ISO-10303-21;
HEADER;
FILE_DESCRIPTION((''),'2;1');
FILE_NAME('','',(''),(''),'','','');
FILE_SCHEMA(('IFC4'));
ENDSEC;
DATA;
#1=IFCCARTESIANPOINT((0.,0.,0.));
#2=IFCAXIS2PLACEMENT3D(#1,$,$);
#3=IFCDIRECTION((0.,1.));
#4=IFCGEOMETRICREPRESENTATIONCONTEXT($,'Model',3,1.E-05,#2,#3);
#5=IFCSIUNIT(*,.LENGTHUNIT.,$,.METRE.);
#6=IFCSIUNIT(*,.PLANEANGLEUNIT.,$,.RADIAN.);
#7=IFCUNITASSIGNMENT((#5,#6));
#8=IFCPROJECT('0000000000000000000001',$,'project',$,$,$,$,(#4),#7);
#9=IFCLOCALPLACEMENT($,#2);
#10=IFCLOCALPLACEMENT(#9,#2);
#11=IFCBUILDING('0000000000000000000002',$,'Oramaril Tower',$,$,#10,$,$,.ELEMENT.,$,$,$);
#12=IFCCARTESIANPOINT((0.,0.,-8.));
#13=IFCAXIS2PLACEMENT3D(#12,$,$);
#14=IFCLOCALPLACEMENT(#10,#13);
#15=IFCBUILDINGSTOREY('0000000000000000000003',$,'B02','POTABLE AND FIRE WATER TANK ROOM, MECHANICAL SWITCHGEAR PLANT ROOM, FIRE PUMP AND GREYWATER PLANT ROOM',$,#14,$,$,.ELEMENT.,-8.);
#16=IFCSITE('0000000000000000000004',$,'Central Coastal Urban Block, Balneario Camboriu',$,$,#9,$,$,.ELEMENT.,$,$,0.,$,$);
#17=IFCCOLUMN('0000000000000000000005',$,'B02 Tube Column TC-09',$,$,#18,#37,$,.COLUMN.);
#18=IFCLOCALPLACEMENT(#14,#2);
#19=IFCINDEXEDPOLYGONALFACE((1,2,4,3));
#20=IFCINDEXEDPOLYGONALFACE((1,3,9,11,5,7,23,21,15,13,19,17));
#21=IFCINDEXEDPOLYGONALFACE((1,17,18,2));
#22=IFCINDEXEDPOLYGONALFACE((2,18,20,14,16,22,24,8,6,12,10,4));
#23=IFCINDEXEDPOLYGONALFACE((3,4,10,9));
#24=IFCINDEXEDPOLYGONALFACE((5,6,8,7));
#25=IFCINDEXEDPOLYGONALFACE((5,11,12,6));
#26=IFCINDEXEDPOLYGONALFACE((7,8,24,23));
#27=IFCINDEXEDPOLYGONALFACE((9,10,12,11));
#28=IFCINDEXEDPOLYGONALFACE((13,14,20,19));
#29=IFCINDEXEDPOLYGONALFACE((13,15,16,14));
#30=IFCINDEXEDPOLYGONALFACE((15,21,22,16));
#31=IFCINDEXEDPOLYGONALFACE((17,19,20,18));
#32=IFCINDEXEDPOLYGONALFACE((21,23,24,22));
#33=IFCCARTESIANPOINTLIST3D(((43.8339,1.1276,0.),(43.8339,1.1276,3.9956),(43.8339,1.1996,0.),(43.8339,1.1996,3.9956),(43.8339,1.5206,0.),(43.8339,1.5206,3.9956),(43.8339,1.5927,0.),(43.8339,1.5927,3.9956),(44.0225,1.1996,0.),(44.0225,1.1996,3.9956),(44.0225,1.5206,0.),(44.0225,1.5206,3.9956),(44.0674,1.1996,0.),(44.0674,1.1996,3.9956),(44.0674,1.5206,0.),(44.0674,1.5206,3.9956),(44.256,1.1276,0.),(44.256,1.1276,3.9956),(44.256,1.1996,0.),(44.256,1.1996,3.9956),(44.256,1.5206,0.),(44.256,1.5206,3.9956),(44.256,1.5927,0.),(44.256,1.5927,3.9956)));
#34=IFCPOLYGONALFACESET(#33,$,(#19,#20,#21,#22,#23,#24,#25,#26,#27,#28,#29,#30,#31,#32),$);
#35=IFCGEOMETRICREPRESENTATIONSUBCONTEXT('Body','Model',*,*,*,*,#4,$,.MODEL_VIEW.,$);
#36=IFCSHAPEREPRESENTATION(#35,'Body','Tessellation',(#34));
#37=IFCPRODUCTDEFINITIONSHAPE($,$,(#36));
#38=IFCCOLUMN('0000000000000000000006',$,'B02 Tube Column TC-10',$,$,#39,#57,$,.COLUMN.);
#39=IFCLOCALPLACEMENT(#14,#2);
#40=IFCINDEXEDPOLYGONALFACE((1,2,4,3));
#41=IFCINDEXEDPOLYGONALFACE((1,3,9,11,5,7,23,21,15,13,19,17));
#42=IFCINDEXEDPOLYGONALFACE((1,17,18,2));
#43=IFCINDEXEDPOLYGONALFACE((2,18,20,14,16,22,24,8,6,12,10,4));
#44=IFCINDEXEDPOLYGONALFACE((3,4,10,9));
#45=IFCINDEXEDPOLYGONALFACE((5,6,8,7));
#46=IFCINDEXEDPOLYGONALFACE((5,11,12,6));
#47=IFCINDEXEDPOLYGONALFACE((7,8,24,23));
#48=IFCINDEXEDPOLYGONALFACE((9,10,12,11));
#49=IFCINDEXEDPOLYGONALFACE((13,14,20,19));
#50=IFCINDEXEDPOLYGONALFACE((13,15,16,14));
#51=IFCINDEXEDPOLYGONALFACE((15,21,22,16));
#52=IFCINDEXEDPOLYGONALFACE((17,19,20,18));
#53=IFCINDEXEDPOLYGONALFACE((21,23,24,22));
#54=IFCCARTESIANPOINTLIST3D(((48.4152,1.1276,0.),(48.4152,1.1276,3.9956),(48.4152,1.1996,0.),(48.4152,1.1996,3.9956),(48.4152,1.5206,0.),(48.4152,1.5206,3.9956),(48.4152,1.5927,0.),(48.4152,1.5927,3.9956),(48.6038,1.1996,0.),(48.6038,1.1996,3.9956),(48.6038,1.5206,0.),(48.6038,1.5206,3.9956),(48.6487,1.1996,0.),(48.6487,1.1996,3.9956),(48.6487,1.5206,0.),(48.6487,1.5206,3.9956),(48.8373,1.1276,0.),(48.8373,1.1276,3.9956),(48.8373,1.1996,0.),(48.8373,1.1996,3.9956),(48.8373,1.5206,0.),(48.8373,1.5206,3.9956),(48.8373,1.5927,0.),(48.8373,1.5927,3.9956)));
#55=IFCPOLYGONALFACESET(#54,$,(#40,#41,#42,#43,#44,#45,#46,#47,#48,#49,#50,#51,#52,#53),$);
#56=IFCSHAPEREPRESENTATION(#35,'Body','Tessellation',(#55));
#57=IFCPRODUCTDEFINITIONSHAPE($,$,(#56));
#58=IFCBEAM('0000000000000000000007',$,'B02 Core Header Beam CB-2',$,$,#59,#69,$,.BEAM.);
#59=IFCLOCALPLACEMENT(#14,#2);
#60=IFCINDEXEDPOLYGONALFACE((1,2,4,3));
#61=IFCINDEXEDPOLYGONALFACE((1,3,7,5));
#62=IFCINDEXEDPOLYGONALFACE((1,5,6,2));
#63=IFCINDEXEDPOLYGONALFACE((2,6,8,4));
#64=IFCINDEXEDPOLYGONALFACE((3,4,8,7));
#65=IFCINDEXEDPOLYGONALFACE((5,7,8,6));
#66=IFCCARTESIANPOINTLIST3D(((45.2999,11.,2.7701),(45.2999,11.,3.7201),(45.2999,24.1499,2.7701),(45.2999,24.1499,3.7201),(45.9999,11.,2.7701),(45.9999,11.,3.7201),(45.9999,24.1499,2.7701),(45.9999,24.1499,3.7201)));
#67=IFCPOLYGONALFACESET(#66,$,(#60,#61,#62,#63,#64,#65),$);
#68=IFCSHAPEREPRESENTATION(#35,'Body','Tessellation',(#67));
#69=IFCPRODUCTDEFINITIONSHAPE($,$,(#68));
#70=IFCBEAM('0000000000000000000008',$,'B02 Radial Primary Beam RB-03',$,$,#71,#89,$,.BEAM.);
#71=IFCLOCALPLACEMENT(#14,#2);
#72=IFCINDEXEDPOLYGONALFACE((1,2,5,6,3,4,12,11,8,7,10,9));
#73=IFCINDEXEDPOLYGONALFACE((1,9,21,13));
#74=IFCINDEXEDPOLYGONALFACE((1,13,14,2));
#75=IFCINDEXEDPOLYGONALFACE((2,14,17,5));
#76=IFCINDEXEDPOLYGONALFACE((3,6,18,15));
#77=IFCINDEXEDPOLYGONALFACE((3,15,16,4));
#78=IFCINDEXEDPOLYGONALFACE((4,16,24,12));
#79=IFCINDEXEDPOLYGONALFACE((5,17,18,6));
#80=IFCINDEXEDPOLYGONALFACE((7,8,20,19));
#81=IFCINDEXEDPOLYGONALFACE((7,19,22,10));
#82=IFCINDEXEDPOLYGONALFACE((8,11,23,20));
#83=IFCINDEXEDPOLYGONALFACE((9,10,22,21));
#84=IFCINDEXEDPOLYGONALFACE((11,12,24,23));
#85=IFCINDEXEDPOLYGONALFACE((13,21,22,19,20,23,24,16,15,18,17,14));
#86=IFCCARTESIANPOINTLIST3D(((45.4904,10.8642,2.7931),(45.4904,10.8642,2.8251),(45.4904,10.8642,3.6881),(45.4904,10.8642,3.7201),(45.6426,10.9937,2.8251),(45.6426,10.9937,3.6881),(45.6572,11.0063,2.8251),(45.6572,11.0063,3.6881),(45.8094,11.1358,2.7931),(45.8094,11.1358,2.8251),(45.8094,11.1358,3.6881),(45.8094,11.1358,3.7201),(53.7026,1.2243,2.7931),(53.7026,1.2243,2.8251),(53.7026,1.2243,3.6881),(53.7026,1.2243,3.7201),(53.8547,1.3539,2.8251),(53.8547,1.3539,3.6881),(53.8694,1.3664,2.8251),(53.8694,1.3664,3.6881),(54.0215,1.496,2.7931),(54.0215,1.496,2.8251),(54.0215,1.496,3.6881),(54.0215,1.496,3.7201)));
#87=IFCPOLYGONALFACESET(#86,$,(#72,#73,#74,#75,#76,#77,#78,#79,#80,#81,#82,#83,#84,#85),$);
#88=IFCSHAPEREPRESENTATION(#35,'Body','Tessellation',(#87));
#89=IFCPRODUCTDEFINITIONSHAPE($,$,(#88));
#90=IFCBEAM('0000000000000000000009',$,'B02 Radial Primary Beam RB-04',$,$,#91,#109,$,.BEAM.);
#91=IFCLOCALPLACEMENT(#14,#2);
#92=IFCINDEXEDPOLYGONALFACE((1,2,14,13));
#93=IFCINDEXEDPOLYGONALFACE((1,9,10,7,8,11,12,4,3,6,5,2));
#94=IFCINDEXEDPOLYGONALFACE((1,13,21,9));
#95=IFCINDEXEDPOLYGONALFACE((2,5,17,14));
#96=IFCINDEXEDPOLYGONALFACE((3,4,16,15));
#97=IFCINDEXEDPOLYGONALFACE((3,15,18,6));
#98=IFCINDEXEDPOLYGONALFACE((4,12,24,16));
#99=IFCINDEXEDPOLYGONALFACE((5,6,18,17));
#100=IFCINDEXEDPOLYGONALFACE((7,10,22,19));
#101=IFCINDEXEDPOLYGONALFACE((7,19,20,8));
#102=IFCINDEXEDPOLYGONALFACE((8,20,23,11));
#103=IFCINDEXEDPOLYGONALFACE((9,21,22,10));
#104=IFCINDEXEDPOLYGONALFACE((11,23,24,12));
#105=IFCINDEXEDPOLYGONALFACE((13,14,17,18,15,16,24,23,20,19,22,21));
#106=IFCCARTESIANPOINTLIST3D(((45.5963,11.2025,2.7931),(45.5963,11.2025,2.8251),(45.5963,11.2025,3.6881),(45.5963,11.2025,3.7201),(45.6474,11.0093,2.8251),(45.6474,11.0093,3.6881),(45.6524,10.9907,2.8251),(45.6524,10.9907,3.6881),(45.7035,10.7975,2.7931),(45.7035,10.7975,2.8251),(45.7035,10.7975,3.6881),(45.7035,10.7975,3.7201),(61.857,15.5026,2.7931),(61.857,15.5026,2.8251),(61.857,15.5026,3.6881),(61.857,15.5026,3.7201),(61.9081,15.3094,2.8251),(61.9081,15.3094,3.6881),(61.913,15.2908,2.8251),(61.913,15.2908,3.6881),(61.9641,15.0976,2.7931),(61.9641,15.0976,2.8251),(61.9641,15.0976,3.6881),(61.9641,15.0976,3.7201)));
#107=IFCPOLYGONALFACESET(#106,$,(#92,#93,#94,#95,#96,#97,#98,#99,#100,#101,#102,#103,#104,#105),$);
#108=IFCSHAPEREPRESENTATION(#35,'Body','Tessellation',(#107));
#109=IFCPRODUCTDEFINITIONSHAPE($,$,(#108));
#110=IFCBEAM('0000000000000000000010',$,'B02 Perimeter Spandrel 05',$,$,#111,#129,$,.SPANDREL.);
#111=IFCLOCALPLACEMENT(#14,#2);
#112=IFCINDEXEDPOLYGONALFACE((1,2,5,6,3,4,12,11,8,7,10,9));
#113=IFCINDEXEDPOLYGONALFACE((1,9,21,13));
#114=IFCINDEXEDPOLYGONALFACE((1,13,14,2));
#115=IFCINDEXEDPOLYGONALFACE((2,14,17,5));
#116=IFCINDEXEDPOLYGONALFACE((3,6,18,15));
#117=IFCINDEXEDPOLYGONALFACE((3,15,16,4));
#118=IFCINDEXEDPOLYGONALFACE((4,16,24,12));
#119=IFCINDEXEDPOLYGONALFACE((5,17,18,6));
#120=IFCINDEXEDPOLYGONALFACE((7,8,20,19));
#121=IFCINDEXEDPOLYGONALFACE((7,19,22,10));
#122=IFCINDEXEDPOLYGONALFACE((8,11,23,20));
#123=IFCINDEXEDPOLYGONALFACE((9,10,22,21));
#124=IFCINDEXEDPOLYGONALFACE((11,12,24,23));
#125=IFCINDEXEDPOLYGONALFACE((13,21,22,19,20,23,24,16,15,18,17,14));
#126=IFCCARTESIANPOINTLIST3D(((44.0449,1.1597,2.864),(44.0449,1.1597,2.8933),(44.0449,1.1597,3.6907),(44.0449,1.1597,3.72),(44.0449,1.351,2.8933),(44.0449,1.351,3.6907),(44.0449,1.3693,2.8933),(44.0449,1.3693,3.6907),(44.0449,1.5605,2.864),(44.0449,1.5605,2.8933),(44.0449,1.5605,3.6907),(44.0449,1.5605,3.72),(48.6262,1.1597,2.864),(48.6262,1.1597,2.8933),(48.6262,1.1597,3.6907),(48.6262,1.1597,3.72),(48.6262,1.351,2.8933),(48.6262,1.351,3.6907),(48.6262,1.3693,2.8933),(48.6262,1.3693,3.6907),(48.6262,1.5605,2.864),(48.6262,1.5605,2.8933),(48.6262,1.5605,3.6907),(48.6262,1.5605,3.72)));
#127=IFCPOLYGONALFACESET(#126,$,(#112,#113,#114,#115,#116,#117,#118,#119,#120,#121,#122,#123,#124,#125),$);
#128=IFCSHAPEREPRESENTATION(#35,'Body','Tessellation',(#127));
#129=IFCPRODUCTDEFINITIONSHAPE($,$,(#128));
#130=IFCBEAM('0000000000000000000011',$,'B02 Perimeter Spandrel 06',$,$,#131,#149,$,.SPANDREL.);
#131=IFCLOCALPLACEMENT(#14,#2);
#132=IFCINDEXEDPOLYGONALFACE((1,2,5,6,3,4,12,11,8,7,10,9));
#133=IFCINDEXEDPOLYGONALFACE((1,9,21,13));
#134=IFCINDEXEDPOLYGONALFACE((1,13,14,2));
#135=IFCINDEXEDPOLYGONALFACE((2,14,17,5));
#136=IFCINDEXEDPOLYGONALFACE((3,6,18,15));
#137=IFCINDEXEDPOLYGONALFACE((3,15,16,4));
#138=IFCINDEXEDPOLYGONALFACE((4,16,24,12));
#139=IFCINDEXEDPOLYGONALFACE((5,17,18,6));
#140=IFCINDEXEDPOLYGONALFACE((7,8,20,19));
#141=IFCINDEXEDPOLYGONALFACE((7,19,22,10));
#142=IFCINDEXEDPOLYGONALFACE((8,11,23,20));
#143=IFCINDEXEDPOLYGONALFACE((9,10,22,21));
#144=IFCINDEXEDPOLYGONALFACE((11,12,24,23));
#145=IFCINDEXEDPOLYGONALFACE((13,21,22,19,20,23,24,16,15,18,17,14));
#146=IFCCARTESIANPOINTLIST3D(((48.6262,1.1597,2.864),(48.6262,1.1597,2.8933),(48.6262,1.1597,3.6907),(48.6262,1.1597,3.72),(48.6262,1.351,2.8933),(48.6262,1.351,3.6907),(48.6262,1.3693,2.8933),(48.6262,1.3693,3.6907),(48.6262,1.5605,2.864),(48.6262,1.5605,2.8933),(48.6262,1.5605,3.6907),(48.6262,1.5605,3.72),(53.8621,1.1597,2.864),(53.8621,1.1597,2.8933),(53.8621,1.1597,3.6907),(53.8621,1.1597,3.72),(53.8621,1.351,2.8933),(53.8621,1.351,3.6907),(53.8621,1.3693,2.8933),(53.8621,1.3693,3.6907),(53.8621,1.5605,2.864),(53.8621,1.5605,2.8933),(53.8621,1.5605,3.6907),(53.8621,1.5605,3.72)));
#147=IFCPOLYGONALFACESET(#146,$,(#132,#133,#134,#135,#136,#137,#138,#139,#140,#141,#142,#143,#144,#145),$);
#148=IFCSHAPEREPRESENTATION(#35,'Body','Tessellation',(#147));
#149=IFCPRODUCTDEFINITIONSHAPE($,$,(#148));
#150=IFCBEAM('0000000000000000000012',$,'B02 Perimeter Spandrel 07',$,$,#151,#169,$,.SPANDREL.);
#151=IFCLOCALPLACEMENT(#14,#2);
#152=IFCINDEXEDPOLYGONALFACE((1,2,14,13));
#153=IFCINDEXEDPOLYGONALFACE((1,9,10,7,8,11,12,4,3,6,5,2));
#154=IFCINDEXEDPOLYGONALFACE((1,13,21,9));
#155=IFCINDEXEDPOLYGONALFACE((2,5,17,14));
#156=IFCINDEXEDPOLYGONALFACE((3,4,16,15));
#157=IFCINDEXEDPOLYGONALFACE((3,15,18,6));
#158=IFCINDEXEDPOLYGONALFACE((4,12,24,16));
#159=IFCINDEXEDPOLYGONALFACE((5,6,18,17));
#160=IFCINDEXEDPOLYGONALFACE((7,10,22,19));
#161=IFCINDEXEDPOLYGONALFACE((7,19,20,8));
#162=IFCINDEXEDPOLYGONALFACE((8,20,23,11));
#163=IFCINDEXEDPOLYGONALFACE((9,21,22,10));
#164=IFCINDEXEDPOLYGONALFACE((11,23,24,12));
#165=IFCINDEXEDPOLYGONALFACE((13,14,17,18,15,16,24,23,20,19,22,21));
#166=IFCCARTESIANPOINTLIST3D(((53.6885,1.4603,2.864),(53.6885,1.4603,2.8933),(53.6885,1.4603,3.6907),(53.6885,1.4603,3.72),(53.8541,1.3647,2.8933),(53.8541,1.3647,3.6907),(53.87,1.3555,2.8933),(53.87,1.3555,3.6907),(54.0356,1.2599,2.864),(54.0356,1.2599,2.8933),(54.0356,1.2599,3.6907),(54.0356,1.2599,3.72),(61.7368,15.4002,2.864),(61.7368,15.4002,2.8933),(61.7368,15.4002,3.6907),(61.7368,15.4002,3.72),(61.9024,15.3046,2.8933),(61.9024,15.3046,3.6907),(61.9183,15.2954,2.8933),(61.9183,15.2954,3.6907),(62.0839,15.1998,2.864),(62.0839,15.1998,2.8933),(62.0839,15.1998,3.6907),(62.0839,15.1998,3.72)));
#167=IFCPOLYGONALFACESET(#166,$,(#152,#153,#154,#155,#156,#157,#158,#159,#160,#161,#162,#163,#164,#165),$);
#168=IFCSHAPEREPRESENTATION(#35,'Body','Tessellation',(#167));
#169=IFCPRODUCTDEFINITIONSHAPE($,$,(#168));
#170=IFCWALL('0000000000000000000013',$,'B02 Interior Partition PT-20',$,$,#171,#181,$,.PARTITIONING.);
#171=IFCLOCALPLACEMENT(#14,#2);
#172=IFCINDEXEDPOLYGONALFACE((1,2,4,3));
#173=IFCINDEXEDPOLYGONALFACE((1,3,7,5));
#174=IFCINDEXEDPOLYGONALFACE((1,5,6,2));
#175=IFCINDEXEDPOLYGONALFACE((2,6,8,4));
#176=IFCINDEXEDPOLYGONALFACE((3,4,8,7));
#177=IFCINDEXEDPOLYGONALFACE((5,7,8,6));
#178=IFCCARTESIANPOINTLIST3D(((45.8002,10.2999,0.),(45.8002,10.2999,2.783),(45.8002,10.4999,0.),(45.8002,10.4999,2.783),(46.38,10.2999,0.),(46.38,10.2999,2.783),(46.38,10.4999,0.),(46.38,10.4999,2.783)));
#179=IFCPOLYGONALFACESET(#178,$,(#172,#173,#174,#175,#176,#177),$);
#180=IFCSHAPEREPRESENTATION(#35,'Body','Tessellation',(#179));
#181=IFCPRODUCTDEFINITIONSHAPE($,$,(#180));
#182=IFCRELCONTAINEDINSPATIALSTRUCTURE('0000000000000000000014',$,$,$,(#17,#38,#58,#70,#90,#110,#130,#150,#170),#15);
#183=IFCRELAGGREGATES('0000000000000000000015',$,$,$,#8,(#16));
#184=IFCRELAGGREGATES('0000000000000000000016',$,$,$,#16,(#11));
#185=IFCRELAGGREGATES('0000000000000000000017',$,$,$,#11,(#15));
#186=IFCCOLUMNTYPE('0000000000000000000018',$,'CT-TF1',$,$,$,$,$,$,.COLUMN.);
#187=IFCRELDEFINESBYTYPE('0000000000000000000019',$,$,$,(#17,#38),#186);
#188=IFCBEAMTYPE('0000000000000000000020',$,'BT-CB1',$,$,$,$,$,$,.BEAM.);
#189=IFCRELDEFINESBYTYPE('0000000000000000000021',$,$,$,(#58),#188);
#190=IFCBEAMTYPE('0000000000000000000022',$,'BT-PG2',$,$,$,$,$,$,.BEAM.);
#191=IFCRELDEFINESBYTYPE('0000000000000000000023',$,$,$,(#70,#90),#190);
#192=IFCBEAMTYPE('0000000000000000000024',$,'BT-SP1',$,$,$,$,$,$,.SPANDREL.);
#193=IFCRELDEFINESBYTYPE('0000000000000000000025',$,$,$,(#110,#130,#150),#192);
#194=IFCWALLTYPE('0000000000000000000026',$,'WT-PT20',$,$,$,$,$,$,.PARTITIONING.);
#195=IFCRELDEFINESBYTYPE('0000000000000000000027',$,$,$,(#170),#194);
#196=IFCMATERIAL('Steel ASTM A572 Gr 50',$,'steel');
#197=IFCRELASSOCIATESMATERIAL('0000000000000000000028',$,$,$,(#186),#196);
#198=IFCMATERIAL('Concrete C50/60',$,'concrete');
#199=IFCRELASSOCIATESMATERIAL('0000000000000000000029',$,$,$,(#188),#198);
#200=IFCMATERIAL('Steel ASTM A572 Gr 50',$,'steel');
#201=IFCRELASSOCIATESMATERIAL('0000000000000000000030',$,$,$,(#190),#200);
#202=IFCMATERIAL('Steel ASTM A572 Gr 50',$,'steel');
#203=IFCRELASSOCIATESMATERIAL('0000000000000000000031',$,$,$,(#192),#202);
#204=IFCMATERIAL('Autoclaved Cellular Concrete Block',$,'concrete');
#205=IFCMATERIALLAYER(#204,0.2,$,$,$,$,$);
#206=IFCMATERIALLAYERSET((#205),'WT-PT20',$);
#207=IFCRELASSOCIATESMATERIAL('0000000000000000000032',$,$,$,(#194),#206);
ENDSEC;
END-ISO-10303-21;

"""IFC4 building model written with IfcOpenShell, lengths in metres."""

from ifc_helpers import new_model, si_unit, direction, frame, frame_2d, origin, origin_2d, place, context, subcontext, project, spatial, rectangle, i_section, extrude, material, layer, layer_set, material_profile, profile_set, type_object, element, save


model = new_model("IFC4")

# Units and contexts
model_context = context("Model", 3, precision=1e-05, world=origin(), true_north=direction((0.0, 1.0)))
body_context = subcontext(model_context, "Body", "Model", "MODEL_VIEW")
ifc_project = project(units=[si_unit("LENGTHUNIT", "METRE"), si_unit("PLANEANGLEUNIT", "RADIAN")], contexts=[model_context])

# Site, building, storey
site_placement = place(None, origin())
site = spatial("IfcSite", under=ifc_project, at=site_placement, Name="Central Coastal Urban Block, Balneario Camboriu", CompositionType="ELEMENT", RefElevation=0.0)
building_placement = place(site_placement, origin())
building = spatial("IfcBuilding", under=site, at=building_placement, Name="Oramaril Tower", CompositionType="ELEMENT")
storey_placement = place(building_placement, frame((0.0, 0.0, -8.0)))
storey = spatial("IfcBuildingStorey", under=building, at=storey_placement, Name="B02", Description="POTABLE AND FIRE WATER TANK ROOM, MECHANICAL SWITCHGEAR PLANT ROOM, FIRE PUMP AND GREYWATER PLANT ROOM", CompositionType="ELEMENT", Elevation=-8.0)

# Columns
ifc_material_1 = material(Name="Steel ASTM A572 Gr 50", Category="steel")
ifc_material_profile_1 = material_profile(ifc_material_1, i_section(OverallWidth=0.4221, OverallDepth=0.4651, WebThickness=0.0449, FlangeThickness=0.072, at=origin_2d()), Name="W14X398")
ifc_profile_set_1 = profile_set([ifc_material_profile_1], Name="Steel ASTM A572 Gr 50")
column_type_1 = type_object("IfcColumnType", Name="CT-TF1", PredefinedType="COLUMN", material=ifc_profile_set_1)
for number, where, z_axis, x_axis, name in (
    (1, (44.0449, 1.3601, 0.0), (0.0, 0.0, 1.0), (1.0, 0.0, 0.0), "B02 Tube Column TC-09"),
    (2, (48.6262, 1.3601, 0.0), (0.0, 0.0, 1.0), (1.0, 0.0, 0.0), "B02 Tube Column TC-10"),
):
    element("IfcColumn", number, at=place(storey_placement, frame(where, z_axis=z_axis, x_axis=x_axis)), inside=storey, type_object=column_type_1, Name=name, PredefinedType="COLUMN", context=body_context, shape_type="SweptSolid", body=[
        extrude(i_section(OverallWidth=0.4221, OverallDepth=0.4651, WebThickness=0.0449, FlangeThickness=0.072, at=origin_2d()), origin(), (0.0, 0.0, 1.0), 3.9956),
    ])

# Beams
ifc_material_2 = material(Name="Concrete C50/60", Category="concrete")
ifc_material_profile_2 = material_profile(ifc_material_2, rectangle(XDim=0.7, YDim=0.95, at=origin_2d()), Name="CB700X950")
ifc_profile_set_2 = profile_set([ifc_material_profile_2], Name="Concrete C50/60")
beam_type_1 = type_object("IfcBeamType", Name="BT-CB1", PredefinedType="BEAM", material=ifc_profile_set_2)
beam_1_placement = place(storey_placement, frame((45.6499, 11.0, 3.2451), z_axis=(0.0, 1.0, 0.0), x_axis=(-1.0, 0.0, 0.0)))
element("IfcBeam", 3, at=beam_1_placement, inside=storey, type_object=beam_type_1, Name="B02 Core Header Beam CB-2", PredefinedType="BEAM", context=body_context, shape_type="SweptSolid", body=[
    extrude(rectangle(XDim=0.7, YDim=0.95, at=origin_2d()), origin(), (0.0, 0.0, 1.0), 13.1499),
])
ifc_material_3 = material(Name="Steel ASTM A572 Gr 50", Category="steel")
ifc_material_profile_3 = material_profile(ifc_material_3, i_section(OverallWidth=0.4189, OverallDepth=0.927, WebThickness=0.0193, FlangeThickness=0.032, at=origin_2d()), Name="W36X231")
ifc_profile_set_3 = profile_set([ifc_material_profile_3], Name="Steel ASTM A572 Gr 50")
beam_type_2 = type_object("IfcBeamType", Name="BT-PG2", PredefinedType="BEAM", material=ifc_profile_set_3)
beam_2_placement = place(storey_placement, frame((45.6499, 11.0, 3.2566), z_axis=(0.648485, -0.761228, 0.0), x_axis=(0.761228, 0.648485, 0.0)))
element("IfcBeam", 4, at=beam_2_placement, inside=storey, type_object=beam_type_2, Name="B02 Radial Primary Beam RB-03", PredefinedType="BEAM", context=body_context, shape_type="SweptSolid", body=[
    extrude(i_section(OverallWidth=0.4189, OverallDepth=0.927, WebThickness=0.0193, FlangeThickness=0.032, at=origin_2d()), origin(), (0.0, 0.0, 1.0), 12.6636),
])
beam_3_placement = place(storey_placement, frame((45.6499, 11.0, 3.2566), z_axis=(0.966767, 0.255659, 0.0), x_axis=(-0.255659, 0.966767, 0.0)))
element("IfcBeam", 5, at=beam_3_placement, inside=storey, type_object=beam_type_2, Name="B02 Radial Primary Beam RB-04", PredefinedType="BEAM", context=body_context, shape_type="SweptSolid", body=[
    extrude(i_section(OverallWidth=0.4189, OverallDepth=0.927, WebThickness=0.0193, FlangeThickness=0.032, at=origin_2d()), origin(), (0.0, 0.0, 1.0), 16.8196),
])
ifc_material_4 = material(Name="Steel ASTM A572 Gr 50", Category="steel")
ifc_material_profile_4 = material_profile(ifc_material_4, i_section(OverallWidth=0.4009, OverallDepth=0.856, WebThickness=0.0183, FlangeThickness=0.0293, at=origin_2d()), Name="W33X201")
ifc_profile_set_4 = profile_set([ifc_material_profile_4], Name="Steel ASTM A572 Gr 50")
beam_type_3 = type_object("IfcBeamType", Name="BT-SP1", PredefinedType="SPANDREL", material=ifc_profile_set_4)
beam_4_placement = place(storey_placement, frame((44.0449, 1.3601, 3.292), z_axis=(1.0, 0.0, 0.0), x_axis=(0.0, 1.0, 0.0)))
element("IfcBeam", 6, at=beam_4_placement, inside=storey, type_object=beam_type_3, Name="B02 Perimeter Spandrel 05", PredefinedType="SPANDREL", context=body_context, shape_type="SweptSolid", body=[
    extrude(i_section(OverallWidth=0.4009, OverallDepth=0.856, WebThickness=0.0183, FlangeThickness=0.0293, at=origin_2d()), origin(), (0.0, 0.0, 1.0), 4.5813),
])
beam_5_placement = place(storey_placement, frame((48.6262, 1.3601, 3.292), z_axis=(1.0, 0.0, 0.0), x_axis=(0.0, 1.0, 0.0)))
element("IfcBeam", 7, at=beam_5_placement, inside=storey, type_object=beam_type_3, Name="B02 Perimeter Spandrel 06", PredefinedType="SPANDREL", context=body_context, shape_type="SweptSolid", body=[
    extrude(i_section(OverallWidth=0.4009, OverallDepth=0.856, WebThickness=0.0183, FlangeThickness=0.0293, at=origin_2d()), origin(), (0.0, 0.0, 1.0), 5.2358),
])
beam_6_placement = place(storey_placement, frame((53.8621, 1.3601, 3.292), z_axis=(0.500005, 0.866022, 0.0), x_axis=(-0.866022, 0.500005, 0.0)))
element("IfcBeam", 8, at=beam_6_placement, inside=storey, type_object=beam_type_3, Name="B02 Perimeter Spandrel 07", PredefinedType="SPANDREL", context=body_context, shape_type="SweptSolid", body=[
    extrude(i_section(OverallWidth=0.4009, OverallDepth=0.856, WebThickness=0.0183, FlangeThickness=0.0293, at=origin_2d()), origin(), (0.0, 0.0, 1.0), 16.0964),
])

# Wall
ifc_material_5 = material(Name="Autoclaved Cellular Concrete Block", Category="concrete")
ifc_layer_1 = layer(ifc_material_5, 0.2)
ifc_layer_set_1 = layer_set([ifc_layer_1], Name="WT-PT20")
wall_type_1 = type_object("IfcWallType", Name="WT-PT20", PredefinedType="PARTITIONING", material=ifc_layer_set_1)
wall_1_placement = place(storey_placement, frame((45.8, 10.3999, 0.0), z_axis=(0.0, 0.0, 1.0), x_axis=(1.0, 0.0, 0.0)))
element("IfcWall", 9, at=wall_1_placement, inside=storey, type_object=wall_type_1, Name="B02 Interior Partition PT-20", PredefinedType="PARTITIONING", context=body_context, shape_type="SweptSolid", body=[
    extrude(rectangle(XDim=0.5798, YDim=0.2, at=frame_2d((0.29, 0.0))), origin(), (0.0, 0.0, 1.0), 2.783),
])

save(model, "model.ifc")
